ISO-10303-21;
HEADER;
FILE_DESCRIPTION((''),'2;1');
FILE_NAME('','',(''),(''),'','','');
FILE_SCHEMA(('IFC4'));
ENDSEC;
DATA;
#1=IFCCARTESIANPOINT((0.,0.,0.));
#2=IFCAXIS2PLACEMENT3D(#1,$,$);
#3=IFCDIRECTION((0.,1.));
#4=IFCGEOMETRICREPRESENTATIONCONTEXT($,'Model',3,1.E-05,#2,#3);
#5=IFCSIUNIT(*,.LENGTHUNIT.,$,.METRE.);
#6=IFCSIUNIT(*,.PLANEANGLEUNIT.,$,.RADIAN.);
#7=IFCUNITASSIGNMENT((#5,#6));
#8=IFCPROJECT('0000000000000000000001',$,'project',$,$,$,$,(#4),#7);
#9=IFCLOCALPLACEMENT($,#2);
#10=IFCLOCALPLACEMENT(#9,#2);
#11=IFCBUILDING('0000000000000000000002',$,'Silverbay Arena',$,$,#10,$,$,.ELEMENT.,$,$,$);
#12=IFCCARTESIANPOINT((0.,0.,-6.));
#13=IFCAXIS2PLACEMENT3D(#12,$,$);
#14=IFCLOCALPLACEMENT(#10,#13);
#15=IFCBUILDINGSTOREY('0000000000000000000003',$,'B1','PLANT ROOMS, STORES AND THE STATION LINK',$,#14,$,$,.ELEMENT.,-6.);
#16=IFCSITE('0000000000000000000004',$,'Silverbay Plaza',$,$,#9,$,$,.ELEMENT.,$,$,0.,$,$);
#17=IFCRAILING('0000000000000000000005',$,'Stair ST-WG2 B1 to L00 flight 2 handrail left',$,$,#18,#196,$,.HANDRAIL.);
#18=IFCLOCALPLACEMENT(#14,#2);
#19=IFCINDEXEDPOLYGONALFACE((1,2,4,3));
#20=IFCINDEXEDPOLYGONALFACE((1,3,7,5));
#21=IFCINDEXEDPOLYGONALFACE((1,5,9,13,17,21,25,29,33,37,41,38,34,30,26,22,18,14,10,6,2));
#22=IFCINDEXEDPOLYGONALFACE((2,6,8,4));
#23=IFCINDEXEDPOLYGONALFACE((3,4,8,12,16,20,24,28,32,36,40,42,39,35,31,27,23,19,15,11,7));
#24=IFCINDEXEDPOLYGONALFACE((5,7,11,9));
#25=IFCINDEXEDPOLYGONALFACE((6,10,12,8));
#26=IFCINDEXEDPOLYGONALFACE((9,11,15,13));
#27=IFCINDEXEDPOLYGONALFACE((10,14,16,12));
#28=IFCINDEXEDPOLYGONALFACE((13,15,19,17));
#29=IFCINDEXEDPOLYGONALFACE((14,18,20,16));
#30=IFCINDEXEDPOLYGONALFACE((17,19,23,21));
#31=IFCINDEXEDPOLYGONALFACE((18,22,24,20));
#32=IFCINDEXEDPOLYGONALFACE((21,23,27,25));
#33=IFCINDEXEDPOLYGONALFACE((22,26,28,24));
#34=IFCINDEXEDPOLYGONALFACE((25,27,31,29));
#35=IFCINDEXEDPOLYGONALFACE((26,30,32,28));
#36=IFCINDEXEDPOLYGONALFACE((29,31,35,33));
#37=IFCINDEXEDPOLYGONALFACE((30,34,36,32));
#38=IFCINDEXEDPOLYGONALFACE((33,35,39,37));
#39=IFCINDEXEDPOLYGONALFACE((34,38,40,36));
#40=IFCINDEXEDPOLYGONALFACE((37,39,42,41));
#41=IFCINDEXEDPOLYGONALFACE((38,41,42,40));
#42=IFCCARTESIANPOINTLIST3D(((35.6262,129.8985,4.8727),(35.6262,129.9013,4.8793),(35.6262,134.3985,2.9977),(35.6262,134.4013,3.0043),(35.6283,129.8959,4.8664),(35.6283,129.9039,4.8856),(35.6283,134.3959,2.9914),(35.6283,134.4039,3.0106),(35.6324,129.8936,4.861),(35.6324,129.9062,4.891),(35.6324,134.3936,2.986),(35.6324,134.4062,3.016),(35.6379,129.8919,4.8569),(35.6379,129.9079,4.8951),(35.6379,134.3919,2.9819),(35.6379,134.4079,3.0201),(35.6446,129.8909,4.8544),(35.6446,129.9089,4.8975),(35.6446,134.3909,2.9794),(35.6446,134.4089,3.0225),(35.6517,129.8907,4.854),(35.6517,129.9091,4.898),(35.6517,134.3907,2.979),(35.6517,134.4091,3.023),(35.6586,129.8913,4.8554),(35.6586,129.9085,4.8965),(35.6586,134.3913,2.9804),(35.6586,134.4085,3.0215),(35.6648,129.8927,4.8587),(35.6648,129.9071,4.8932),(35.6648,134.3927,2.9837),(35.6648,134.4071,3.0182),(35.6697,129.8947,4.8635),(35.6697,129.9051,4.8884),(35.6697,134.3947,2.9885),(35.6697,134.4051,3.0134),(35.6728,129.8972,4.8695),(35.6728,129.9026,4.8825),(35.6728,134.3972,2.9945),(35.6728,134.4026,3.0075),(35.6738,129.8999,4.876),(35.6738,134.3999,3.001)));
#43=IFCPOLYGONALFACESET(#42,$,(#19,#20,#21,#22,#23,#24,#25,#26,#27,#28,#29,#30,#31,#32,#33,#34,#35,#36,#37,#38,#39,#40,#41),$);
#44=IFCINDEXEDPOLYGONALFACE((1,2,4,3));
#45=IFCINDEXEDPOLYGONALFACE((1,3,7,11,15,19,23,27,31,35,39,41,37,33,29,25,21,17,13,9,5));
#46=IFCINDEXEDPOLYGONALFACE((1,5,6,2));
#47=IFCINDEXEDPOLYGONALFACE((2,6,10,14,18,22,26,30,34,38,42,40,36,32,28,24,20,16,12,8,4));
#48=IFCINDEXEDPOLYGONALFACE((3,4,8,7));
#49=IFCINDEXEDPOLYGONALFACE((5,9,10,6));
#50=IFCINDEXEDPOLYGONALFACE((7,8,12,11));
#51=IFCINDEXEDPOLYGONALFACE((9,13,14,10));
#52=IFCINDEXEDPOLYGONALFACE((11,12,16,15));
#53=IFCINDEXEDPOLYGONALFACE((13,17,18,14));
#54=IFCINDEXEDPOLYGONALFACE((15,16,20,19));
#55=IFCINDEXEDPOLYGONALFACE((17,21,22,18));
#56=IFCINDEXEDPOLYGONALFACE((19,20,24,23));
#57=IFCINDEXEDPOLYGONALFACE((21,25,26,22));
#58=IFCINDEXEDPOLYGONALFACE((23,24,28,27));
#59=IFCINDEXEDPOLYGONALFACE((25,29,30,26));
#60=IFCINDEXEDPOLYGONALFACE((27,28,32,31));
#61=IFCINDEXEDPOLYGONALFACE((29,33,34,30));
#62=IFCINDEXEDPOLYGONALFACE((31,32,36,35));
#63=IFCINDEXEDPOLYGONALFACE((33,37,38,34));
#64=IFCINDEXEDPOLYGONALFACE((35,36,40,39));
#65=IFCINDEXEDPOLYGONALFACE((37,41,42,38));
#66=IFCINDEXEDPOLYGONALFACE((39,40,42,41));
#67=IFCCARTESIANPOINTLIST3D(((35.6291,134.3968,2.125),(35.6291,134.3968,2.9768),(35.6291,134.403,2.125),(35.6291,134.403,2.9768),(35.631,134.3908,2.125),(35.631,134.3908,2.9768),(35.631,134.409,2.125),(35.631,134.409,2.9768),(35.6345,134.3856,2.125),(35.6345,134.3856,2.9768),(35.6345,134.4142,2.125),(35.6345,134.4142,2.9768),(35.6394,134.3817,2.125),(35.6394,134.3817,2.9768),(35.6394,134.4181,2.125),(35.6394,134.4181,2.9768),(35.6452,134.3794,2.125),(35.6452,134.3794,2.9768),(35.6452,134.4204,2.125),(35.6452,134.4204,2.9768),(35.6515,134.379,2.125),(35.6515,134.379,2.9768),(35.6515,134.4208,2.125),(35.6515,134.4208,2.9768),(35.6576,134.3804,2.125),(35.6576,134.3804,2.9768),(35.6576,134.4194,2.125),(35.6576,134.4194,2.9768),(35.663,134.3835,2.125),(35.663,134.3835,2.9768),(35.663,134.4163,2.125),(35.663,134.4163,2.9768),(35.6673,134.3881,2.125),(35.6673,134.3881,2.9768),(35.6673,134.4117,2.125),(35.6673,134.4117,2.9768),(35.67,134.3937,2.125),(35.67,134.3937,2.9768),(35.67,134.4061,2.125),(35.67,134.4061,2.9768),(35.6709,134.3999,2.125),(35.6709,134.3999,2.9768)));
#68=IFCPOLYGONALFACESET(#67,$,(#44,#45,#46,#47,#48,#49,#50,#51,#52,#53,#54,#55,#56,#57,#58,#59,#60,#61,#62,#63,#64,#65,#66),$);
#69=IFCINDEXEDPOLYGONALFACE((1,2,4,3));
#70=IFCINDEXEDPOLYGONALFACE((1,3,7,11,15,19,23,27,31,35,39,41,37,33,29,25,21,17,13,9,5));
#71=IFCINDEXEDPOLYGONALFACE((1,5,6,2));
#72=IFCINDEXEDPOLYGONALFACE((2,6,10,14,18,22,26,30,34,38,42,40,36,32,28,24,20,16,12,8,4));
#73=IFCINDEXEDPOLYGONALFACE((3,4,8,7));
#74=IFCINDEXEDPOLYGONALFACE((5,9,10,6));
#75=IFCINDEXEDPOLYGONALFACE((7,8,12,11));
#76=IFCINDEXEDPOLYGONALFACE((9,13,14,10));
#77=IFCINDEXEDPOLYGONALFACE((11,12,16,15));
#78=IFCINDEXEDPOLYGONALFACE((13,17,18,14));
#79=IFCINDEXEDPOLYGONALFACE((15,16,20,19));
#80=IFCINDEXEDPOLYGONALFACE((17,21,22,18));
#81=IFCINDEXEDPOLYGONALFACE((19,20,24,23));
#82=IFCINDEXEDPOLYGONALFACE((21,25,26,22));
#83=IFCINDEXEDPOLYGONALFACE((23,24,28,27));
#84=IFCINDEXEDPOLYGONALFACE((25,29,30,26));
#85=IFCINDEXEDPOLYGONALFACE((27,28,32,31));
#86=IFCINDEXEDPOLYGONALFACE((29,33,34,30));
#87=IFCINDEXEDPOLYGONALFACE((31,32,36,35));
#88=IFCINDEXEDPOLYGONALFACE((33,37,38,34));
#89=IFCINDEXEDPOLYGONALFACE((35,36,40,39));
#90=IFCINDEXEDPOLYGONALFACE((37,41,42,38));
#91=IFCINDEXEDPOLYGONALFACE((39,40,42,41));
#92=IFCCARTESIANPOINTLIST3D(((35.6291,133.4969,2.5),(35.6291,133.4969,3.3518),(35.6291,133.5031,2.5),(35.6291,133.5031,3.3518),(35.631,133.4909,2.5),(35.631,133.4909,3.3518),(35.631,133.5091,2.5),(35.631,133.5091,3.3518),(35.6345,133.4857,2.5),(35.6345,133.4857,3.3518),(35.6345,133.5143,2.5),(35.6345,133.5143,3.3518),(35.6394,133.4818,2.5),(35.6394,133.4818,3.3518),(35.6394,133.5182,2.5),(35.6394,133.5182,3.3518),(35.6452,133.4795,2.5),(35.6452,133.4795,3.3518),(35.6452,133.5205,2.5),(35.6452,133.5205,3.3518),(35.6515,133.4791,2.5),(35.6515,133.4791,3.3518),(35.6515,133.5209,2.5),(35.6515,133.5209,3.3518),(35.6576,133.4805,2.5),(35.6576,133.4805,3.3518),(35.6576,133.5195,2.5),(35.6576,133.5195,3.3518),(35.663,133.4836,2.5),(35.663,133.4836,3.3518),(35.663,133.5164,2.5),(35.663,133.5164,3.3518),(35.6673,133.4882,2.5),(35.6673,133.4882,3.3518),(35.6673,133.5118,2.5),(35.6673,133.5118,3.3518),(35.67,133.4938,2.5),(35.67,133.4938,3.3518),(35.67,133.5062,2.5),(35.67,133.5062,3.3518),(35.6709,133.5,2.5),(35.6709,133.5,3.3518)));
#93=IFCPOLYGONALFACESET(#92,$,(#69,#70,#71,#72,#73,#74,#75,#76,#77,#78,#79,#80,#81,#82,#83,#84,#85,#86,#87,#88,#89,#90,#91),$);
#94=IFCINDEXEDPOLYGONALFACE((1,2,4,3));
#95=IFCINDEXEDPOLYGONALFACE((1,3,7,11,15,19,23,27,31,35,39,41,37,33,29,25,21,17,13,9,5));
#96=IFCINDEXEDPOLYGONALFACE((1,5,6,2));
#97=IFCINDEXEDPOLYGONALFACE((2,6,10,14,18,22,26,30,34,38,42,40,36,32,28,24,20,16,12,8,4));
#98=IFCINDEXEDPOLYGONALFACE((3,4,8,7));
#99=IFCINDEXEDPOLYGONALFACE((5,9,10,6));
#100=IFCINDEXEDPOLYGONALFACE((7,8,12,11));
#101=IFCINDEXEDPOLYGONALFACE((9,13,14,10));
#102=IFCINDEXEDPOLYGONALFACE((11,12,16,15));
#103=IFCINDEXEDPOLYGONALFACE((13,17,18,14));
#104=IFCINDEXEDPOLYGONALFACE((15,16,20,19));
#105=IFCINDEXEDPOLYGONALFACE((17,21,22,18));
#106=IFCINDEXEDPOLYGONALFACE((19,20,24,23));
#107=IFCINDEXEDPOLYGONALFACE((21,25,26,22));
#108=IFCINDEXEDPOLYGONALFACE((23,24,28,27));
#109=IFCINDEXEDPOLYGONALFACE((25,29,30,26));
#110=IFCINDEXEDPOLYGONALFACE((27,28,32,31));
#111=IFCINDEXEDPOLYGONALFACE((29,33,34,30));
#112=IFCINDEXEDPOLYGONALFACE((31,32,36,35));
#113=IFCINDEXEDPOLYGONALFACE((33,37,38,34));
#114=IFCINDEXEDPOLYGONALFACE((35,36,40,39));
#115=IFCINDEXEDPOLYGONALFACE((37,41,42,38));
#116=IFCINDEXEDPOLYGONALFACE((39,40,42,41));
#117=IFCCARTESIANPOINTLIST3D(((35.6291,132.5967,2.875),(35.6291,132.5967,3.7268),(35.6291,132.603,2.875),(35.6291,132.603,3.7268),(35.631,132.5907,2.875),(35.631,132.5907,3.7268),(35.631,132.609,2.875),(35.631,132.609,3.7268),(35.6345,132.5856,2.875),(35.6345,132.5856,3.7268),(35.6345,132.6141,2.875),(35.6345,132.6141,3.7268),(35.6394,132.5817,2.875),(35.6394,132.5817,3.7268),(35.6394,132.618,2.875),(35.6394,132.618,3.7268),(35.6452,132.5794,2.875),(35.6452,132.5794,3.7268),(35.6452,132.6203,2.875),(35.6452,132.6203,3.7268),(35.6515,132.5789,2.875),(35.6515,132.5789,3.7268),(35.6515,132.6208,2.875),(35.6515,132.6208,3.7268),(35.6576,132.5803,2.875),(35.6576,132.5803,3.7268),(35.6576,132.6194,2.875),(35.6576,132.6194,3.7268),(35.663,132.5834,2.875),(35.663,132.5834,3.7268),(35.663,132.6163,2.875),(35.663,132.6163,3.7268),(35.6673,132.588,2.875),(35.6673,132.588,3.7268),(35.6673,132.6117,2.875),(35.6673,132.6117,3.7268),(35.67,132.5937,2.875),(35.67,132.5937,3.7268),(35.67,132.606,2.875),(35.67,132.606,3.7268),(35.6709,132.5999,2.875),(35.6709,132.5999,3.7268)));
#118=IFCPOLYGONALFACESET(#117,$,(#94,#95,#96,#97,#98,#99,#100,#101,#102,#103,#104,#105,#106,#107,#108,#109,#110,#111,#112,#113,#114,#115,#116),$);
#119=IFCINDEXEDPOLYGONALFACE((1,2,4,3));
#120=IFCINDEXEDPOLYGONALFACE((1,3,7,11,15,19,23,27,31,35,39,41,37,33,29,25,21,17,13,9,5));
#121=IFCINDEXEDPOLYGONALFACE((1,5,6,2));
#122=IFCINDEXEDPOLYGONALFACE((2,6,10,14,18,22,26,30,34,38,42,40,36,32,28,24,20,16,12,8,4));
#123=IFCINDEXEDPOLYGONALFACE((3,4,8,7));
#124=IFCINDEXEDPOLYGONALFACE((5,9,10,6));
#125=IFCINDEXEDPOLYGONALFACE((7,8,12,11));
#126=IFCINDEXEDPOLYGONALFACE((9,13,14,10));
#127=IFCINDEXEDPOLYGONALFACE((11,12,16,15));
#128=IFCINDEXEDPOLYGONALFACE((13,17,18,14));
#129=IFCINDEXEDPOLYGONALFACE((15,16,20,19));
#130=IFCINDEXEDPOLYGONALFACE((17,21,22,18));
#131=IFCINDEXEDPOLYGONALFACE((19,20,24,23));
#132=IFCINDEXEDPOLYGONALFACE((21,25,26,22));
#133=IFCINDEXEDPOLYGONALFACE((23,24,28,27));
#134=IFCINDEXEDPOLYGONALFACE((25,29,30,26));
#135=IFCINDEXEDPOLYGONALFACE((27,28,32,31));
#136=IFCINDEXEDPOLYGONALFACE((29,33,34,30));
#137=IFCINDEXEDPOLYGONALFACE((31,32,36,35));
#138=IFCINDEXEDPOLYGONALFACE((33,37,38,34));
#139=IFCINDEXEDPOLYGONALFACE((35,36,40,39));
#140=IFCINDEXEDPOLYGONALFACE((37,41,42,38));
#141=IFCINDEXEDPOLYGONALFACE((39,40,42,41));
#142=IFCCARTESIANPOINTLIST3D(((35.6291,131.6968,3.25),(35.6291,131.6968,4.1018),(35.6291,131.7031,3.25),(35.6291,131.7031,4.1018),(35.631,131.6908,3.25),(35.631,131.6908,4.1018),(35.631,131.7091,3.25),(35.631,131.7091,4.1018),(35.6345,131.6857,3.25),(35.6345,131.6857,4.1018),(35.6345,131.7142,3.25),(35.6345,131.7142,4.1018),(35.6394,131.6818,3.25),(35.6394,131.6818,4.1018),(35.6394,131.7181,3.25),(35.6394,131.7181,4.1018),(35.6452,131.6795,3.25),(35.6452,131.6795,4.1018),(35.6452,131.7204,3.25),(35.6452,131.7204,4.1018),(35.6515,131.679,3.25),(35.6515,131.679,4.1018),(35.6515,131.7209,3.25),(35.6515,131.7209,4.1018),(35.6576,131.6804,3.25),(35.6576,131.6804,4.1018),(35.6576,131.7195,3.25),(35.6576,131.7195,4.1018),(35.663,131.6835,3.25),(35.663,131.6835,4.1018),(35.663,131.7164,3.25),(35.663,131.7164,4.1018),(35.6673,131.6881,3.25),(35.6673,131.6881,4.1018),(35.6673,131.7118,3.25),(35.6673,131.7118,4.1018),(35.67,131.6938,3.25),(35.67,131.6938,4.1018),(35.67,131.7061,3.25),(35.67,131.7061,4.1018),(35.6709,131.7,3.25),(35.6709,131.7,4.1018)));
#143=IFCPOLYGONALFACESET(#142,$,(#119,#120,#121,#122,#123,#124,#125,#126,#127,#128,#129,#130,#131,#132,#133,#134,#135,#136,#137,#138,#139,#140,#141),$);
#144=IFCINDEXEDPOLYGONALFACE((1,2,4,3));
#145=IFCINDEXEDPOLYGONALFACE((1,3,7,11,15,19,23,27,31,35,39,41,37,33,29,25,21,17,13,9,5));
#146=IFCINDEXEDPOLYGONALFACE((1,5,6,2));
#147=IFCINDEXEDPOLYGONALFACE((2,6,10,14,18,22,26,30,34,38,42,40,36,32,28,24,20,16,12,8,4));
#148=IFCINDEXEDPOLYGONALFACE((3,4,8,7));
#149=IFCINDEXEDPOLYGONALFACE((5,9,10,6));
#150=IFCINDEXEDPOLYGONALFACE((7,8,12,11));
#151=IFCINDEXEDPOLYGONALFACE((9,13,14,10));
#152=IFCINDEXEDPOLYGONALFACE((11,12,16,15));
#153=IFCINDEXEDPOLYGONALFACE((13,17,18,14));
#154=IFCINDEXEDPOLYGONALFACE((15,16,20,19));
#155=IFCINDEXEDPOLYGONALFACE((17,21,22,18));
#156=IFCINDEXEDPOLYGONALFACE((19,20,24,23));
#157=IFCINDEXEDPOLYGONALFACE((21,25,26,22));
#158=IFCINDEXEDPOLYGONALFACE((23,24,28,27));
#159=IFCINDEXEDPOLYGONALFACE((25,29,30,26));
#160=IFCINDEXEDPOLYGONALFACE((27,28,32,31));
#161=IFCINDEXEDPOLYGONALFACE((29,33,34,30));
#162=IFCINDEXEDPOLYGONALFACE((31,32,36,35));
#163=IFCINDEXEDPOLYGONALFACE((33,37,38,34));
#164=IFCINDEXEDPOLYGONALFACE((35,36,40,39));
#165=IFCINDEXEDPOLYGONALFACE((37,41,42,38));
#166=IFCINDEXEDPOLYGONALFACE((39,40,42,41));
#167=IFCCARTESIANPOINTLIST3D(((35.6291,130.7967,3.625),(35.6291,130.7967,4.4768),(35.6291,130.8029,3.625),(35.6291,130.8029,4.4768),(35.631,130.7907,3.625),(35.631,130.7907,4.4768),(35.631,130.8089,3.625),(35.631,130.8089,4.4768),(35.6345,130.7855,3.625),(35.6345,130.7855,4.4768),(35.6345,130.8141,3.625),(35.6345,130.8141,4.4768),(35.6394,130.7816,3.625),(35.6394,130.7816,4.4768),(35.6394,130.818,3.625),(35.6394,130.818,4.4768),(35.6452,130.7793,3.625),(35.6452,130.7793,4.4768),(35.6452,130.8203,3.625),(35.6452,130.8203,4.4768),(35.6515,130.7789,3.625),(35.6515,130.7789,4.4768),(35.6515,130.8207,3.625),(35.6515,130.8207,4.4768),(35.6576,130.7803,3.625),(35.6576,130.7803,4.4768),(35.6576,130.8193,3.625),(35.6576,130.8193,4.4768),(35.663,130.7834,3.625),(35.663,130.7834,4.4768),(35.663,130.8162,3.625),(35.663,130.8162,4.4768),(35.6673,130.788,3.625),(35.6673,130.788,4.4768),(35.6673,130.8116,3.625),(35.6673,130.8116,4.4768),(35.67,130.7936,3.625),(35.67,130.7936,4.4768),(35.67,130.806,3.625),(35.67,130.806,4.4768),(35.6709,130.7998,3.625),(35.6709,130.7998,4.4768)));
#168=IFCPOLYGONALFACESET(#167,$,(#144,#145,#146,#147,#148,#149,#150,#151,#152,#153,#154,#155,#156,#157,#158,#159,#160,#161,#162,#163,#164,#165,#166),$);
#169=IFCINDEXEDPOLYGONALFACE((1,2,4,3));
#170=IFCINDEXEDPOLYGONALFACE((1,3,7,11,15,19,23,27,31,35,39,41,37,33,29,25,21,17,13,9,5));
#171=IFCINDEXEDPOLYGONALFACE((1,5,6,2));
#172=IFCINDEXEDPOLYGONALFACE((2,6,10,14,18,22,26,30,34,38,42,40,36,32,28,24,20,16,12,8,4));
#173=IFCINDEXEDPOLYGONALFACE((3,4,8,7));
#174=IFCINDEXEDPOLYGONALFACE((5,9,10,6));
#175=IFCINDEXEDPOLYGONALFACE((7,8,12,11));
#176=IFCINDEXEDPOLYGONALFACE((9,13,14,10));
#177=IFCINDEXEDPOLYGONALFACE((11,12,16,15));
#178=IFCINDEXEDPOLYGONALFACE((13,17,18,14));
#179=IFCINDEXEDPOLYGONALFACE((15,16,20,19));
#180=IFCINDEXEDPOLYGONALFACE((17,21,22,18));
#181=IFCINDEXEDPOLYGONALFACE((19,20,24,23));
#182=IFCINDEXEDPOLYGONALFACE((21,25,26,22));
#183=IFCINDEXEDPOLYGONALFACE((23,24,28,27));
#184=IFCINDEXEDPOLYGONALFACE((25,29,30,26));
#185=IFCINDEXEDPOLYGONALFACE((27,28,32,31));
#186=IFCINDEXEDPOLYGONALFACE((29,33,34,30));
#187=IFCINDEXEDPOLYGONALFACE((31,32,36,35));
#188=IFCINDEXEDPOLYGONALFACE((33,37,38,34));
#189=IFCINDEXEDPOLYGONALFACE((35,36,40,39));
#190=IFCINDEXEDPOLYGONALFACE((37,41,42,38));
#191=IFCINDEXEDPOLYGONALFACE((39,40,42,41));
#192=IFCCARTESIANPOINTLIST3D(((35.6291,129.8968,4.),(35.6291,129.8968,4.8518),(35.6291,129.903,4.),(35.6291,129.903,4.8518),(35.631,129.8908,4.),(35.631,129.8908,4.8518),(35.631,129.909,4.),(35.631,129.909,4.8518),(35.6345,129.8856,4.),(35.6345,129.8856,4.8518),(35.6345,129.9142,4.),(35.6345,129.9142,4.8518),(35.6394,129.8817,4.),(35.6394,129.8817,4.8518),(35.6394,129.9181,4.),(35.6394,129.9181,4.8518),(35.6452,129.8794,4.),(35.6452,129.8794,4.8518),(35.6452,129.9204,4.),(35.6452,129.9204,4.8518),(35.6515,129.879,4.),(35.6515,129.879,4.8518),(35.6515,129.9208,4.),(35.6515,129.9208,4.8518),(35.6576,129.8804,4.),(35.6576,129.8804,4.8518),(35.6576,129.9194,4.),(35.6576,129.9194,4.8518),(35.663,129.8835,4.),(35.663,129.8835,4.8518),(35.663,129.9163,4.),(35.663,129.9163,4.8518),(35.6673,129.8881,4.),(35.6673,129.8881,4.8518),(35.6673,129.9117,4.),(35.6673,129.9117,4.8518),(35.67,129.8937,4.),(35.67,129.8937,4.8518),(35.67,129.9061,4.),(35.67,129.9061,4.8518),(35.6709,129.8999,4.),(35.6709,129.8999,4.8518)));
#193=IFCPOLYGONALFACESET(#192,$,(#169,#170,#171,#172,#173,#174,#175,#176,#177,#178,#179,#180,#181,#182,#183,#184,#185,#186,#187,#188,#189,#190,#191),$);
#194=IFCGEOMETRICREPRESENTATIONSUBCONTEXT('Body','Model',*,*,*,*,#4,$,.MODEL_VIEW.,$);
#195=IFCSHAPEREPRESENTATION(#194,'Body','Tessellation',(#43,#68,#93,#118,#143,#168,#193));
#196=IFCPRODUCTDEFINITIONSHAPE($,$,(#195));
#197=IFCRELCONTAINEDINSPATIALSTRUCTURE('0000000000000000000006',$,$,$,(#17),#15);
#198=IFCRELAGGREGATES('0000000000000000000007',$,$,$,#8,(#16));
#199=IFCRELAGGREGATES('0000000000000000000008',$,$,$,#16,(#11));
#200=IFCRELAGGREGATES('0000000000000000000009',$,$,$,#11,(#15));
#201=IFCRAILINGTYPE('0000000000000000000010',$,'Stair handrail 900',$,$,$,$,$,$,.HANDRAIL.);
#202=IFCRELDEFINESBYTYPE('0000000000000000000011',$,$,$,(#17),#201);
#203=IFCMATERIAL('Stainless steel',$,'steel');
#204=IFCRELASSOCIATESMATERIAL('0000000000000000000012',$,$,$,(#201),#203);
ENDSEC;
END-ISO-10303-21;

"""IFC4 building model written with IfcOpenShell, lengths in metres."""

from ifc_helpers import new_model, si_unit, direction, frame, origin, origin_2d, place, context, subcontext, project, spatial, circle, extrude, material, type_object, element, save


model = new_model("IFC4")

# Units and contexts
model_context = context("Model", 3, precision=1e-05, world=origin(), true_north=direction((0.0, 1.0)))
body_context = subcontext(model_context, "Body", "Model", "MODEL_VIEW")
ifc_project = project(units=[si_unit("LENGTHUNIT", "METRE"), si_unit("PLANEANGLEUNIT", "RADIAN")], contexts=[model_context])

# Site, building, storey
site_placement = place(None, origin())
site = spatial("IfcSite", under=ifc_project, at=site_placement, Name="Silverbay Plaza", CompositionType="ELEMENT", RefElevation=0.0)
building_placement = place(site_placement, origin())
building = spatial("IfcBuilding", under=site, at=building_placement, Name="Silverbay Arena", CompositionType="ELEMENT")
storey_placement = place(building_placement, frame((0.0, 0.0, -6.0)))
storey = spatial("IfcBuildingStorey", under=building, at=storey_placement, Name="B1", Description="PLANT ROOMS, STORES AND THE STATION LINK", CompositionType="ELEMENT", Elevation=-6.0)

# Railing
ifc_material_1 = material(Name="Stainless steel", Category="steel")
railing_type_1 = type_object("IfcRailingType", Name="Stair handrail 900", PredefinedType="HANDRAIL", material=ifc_material_1)
for number, where, name in (
    (1, (35.6499, 134.3999, 2.125), "Stair ST-WG2 B1 to L00 flight 2 handrail left"),
):
    element("IfcRailing", number, at=place(storey_placement, frame(where)), inside=storey, type_object=railing_type_1, Name=name, PredefinedType="HANDRAIL", context=body_context, shape_type="SweptSolid", body=[
        extrude(circle(Radius=0.0239, at=origin_2d()), frame((0.0, 0.0, 0.876), z_axis=(0.0, -0.923077, 0.384615), x_axis=(1.0, 0.0, 0.0)), (0.0, 0.0, 1.0), 4.875),
        extrude(circle(Radius=0.021, at=origin_2d()), origin(), (0.0, 0.0, 1.0), 0.8518),
        extrude(circle(Radius=0.021, at=origin_2d()), frame((0.0, -0.8999, 0.375)), (0.0, 0.0, 1.0), 0.8518),
        extrude(circle(Radius=0.021, at=origin_2d()), frame((0.0, -1.8, 0.75)), (0.0, 0.0, 1.0), 0.8518),
        extrude(circle(Radius=0.021, at=origin_2d()), frame((0.0, -2.7, 1.125)), (0.0, 0.0, 1.0), 0.8518),
        extrude(circle(Radius=0.021, at=origin_2d()), frame((0.0, -3.6001, 1.5)), (0.0, 0.0, 1.0), 0.8518),
        extrude(circle(Radius=0.021, at=origin_2d()), frame((0.0, -4.5, 1.875)), (0.0, 0.0, 1.0), 0.8518),
    ])

save(model, "model.ifc")
